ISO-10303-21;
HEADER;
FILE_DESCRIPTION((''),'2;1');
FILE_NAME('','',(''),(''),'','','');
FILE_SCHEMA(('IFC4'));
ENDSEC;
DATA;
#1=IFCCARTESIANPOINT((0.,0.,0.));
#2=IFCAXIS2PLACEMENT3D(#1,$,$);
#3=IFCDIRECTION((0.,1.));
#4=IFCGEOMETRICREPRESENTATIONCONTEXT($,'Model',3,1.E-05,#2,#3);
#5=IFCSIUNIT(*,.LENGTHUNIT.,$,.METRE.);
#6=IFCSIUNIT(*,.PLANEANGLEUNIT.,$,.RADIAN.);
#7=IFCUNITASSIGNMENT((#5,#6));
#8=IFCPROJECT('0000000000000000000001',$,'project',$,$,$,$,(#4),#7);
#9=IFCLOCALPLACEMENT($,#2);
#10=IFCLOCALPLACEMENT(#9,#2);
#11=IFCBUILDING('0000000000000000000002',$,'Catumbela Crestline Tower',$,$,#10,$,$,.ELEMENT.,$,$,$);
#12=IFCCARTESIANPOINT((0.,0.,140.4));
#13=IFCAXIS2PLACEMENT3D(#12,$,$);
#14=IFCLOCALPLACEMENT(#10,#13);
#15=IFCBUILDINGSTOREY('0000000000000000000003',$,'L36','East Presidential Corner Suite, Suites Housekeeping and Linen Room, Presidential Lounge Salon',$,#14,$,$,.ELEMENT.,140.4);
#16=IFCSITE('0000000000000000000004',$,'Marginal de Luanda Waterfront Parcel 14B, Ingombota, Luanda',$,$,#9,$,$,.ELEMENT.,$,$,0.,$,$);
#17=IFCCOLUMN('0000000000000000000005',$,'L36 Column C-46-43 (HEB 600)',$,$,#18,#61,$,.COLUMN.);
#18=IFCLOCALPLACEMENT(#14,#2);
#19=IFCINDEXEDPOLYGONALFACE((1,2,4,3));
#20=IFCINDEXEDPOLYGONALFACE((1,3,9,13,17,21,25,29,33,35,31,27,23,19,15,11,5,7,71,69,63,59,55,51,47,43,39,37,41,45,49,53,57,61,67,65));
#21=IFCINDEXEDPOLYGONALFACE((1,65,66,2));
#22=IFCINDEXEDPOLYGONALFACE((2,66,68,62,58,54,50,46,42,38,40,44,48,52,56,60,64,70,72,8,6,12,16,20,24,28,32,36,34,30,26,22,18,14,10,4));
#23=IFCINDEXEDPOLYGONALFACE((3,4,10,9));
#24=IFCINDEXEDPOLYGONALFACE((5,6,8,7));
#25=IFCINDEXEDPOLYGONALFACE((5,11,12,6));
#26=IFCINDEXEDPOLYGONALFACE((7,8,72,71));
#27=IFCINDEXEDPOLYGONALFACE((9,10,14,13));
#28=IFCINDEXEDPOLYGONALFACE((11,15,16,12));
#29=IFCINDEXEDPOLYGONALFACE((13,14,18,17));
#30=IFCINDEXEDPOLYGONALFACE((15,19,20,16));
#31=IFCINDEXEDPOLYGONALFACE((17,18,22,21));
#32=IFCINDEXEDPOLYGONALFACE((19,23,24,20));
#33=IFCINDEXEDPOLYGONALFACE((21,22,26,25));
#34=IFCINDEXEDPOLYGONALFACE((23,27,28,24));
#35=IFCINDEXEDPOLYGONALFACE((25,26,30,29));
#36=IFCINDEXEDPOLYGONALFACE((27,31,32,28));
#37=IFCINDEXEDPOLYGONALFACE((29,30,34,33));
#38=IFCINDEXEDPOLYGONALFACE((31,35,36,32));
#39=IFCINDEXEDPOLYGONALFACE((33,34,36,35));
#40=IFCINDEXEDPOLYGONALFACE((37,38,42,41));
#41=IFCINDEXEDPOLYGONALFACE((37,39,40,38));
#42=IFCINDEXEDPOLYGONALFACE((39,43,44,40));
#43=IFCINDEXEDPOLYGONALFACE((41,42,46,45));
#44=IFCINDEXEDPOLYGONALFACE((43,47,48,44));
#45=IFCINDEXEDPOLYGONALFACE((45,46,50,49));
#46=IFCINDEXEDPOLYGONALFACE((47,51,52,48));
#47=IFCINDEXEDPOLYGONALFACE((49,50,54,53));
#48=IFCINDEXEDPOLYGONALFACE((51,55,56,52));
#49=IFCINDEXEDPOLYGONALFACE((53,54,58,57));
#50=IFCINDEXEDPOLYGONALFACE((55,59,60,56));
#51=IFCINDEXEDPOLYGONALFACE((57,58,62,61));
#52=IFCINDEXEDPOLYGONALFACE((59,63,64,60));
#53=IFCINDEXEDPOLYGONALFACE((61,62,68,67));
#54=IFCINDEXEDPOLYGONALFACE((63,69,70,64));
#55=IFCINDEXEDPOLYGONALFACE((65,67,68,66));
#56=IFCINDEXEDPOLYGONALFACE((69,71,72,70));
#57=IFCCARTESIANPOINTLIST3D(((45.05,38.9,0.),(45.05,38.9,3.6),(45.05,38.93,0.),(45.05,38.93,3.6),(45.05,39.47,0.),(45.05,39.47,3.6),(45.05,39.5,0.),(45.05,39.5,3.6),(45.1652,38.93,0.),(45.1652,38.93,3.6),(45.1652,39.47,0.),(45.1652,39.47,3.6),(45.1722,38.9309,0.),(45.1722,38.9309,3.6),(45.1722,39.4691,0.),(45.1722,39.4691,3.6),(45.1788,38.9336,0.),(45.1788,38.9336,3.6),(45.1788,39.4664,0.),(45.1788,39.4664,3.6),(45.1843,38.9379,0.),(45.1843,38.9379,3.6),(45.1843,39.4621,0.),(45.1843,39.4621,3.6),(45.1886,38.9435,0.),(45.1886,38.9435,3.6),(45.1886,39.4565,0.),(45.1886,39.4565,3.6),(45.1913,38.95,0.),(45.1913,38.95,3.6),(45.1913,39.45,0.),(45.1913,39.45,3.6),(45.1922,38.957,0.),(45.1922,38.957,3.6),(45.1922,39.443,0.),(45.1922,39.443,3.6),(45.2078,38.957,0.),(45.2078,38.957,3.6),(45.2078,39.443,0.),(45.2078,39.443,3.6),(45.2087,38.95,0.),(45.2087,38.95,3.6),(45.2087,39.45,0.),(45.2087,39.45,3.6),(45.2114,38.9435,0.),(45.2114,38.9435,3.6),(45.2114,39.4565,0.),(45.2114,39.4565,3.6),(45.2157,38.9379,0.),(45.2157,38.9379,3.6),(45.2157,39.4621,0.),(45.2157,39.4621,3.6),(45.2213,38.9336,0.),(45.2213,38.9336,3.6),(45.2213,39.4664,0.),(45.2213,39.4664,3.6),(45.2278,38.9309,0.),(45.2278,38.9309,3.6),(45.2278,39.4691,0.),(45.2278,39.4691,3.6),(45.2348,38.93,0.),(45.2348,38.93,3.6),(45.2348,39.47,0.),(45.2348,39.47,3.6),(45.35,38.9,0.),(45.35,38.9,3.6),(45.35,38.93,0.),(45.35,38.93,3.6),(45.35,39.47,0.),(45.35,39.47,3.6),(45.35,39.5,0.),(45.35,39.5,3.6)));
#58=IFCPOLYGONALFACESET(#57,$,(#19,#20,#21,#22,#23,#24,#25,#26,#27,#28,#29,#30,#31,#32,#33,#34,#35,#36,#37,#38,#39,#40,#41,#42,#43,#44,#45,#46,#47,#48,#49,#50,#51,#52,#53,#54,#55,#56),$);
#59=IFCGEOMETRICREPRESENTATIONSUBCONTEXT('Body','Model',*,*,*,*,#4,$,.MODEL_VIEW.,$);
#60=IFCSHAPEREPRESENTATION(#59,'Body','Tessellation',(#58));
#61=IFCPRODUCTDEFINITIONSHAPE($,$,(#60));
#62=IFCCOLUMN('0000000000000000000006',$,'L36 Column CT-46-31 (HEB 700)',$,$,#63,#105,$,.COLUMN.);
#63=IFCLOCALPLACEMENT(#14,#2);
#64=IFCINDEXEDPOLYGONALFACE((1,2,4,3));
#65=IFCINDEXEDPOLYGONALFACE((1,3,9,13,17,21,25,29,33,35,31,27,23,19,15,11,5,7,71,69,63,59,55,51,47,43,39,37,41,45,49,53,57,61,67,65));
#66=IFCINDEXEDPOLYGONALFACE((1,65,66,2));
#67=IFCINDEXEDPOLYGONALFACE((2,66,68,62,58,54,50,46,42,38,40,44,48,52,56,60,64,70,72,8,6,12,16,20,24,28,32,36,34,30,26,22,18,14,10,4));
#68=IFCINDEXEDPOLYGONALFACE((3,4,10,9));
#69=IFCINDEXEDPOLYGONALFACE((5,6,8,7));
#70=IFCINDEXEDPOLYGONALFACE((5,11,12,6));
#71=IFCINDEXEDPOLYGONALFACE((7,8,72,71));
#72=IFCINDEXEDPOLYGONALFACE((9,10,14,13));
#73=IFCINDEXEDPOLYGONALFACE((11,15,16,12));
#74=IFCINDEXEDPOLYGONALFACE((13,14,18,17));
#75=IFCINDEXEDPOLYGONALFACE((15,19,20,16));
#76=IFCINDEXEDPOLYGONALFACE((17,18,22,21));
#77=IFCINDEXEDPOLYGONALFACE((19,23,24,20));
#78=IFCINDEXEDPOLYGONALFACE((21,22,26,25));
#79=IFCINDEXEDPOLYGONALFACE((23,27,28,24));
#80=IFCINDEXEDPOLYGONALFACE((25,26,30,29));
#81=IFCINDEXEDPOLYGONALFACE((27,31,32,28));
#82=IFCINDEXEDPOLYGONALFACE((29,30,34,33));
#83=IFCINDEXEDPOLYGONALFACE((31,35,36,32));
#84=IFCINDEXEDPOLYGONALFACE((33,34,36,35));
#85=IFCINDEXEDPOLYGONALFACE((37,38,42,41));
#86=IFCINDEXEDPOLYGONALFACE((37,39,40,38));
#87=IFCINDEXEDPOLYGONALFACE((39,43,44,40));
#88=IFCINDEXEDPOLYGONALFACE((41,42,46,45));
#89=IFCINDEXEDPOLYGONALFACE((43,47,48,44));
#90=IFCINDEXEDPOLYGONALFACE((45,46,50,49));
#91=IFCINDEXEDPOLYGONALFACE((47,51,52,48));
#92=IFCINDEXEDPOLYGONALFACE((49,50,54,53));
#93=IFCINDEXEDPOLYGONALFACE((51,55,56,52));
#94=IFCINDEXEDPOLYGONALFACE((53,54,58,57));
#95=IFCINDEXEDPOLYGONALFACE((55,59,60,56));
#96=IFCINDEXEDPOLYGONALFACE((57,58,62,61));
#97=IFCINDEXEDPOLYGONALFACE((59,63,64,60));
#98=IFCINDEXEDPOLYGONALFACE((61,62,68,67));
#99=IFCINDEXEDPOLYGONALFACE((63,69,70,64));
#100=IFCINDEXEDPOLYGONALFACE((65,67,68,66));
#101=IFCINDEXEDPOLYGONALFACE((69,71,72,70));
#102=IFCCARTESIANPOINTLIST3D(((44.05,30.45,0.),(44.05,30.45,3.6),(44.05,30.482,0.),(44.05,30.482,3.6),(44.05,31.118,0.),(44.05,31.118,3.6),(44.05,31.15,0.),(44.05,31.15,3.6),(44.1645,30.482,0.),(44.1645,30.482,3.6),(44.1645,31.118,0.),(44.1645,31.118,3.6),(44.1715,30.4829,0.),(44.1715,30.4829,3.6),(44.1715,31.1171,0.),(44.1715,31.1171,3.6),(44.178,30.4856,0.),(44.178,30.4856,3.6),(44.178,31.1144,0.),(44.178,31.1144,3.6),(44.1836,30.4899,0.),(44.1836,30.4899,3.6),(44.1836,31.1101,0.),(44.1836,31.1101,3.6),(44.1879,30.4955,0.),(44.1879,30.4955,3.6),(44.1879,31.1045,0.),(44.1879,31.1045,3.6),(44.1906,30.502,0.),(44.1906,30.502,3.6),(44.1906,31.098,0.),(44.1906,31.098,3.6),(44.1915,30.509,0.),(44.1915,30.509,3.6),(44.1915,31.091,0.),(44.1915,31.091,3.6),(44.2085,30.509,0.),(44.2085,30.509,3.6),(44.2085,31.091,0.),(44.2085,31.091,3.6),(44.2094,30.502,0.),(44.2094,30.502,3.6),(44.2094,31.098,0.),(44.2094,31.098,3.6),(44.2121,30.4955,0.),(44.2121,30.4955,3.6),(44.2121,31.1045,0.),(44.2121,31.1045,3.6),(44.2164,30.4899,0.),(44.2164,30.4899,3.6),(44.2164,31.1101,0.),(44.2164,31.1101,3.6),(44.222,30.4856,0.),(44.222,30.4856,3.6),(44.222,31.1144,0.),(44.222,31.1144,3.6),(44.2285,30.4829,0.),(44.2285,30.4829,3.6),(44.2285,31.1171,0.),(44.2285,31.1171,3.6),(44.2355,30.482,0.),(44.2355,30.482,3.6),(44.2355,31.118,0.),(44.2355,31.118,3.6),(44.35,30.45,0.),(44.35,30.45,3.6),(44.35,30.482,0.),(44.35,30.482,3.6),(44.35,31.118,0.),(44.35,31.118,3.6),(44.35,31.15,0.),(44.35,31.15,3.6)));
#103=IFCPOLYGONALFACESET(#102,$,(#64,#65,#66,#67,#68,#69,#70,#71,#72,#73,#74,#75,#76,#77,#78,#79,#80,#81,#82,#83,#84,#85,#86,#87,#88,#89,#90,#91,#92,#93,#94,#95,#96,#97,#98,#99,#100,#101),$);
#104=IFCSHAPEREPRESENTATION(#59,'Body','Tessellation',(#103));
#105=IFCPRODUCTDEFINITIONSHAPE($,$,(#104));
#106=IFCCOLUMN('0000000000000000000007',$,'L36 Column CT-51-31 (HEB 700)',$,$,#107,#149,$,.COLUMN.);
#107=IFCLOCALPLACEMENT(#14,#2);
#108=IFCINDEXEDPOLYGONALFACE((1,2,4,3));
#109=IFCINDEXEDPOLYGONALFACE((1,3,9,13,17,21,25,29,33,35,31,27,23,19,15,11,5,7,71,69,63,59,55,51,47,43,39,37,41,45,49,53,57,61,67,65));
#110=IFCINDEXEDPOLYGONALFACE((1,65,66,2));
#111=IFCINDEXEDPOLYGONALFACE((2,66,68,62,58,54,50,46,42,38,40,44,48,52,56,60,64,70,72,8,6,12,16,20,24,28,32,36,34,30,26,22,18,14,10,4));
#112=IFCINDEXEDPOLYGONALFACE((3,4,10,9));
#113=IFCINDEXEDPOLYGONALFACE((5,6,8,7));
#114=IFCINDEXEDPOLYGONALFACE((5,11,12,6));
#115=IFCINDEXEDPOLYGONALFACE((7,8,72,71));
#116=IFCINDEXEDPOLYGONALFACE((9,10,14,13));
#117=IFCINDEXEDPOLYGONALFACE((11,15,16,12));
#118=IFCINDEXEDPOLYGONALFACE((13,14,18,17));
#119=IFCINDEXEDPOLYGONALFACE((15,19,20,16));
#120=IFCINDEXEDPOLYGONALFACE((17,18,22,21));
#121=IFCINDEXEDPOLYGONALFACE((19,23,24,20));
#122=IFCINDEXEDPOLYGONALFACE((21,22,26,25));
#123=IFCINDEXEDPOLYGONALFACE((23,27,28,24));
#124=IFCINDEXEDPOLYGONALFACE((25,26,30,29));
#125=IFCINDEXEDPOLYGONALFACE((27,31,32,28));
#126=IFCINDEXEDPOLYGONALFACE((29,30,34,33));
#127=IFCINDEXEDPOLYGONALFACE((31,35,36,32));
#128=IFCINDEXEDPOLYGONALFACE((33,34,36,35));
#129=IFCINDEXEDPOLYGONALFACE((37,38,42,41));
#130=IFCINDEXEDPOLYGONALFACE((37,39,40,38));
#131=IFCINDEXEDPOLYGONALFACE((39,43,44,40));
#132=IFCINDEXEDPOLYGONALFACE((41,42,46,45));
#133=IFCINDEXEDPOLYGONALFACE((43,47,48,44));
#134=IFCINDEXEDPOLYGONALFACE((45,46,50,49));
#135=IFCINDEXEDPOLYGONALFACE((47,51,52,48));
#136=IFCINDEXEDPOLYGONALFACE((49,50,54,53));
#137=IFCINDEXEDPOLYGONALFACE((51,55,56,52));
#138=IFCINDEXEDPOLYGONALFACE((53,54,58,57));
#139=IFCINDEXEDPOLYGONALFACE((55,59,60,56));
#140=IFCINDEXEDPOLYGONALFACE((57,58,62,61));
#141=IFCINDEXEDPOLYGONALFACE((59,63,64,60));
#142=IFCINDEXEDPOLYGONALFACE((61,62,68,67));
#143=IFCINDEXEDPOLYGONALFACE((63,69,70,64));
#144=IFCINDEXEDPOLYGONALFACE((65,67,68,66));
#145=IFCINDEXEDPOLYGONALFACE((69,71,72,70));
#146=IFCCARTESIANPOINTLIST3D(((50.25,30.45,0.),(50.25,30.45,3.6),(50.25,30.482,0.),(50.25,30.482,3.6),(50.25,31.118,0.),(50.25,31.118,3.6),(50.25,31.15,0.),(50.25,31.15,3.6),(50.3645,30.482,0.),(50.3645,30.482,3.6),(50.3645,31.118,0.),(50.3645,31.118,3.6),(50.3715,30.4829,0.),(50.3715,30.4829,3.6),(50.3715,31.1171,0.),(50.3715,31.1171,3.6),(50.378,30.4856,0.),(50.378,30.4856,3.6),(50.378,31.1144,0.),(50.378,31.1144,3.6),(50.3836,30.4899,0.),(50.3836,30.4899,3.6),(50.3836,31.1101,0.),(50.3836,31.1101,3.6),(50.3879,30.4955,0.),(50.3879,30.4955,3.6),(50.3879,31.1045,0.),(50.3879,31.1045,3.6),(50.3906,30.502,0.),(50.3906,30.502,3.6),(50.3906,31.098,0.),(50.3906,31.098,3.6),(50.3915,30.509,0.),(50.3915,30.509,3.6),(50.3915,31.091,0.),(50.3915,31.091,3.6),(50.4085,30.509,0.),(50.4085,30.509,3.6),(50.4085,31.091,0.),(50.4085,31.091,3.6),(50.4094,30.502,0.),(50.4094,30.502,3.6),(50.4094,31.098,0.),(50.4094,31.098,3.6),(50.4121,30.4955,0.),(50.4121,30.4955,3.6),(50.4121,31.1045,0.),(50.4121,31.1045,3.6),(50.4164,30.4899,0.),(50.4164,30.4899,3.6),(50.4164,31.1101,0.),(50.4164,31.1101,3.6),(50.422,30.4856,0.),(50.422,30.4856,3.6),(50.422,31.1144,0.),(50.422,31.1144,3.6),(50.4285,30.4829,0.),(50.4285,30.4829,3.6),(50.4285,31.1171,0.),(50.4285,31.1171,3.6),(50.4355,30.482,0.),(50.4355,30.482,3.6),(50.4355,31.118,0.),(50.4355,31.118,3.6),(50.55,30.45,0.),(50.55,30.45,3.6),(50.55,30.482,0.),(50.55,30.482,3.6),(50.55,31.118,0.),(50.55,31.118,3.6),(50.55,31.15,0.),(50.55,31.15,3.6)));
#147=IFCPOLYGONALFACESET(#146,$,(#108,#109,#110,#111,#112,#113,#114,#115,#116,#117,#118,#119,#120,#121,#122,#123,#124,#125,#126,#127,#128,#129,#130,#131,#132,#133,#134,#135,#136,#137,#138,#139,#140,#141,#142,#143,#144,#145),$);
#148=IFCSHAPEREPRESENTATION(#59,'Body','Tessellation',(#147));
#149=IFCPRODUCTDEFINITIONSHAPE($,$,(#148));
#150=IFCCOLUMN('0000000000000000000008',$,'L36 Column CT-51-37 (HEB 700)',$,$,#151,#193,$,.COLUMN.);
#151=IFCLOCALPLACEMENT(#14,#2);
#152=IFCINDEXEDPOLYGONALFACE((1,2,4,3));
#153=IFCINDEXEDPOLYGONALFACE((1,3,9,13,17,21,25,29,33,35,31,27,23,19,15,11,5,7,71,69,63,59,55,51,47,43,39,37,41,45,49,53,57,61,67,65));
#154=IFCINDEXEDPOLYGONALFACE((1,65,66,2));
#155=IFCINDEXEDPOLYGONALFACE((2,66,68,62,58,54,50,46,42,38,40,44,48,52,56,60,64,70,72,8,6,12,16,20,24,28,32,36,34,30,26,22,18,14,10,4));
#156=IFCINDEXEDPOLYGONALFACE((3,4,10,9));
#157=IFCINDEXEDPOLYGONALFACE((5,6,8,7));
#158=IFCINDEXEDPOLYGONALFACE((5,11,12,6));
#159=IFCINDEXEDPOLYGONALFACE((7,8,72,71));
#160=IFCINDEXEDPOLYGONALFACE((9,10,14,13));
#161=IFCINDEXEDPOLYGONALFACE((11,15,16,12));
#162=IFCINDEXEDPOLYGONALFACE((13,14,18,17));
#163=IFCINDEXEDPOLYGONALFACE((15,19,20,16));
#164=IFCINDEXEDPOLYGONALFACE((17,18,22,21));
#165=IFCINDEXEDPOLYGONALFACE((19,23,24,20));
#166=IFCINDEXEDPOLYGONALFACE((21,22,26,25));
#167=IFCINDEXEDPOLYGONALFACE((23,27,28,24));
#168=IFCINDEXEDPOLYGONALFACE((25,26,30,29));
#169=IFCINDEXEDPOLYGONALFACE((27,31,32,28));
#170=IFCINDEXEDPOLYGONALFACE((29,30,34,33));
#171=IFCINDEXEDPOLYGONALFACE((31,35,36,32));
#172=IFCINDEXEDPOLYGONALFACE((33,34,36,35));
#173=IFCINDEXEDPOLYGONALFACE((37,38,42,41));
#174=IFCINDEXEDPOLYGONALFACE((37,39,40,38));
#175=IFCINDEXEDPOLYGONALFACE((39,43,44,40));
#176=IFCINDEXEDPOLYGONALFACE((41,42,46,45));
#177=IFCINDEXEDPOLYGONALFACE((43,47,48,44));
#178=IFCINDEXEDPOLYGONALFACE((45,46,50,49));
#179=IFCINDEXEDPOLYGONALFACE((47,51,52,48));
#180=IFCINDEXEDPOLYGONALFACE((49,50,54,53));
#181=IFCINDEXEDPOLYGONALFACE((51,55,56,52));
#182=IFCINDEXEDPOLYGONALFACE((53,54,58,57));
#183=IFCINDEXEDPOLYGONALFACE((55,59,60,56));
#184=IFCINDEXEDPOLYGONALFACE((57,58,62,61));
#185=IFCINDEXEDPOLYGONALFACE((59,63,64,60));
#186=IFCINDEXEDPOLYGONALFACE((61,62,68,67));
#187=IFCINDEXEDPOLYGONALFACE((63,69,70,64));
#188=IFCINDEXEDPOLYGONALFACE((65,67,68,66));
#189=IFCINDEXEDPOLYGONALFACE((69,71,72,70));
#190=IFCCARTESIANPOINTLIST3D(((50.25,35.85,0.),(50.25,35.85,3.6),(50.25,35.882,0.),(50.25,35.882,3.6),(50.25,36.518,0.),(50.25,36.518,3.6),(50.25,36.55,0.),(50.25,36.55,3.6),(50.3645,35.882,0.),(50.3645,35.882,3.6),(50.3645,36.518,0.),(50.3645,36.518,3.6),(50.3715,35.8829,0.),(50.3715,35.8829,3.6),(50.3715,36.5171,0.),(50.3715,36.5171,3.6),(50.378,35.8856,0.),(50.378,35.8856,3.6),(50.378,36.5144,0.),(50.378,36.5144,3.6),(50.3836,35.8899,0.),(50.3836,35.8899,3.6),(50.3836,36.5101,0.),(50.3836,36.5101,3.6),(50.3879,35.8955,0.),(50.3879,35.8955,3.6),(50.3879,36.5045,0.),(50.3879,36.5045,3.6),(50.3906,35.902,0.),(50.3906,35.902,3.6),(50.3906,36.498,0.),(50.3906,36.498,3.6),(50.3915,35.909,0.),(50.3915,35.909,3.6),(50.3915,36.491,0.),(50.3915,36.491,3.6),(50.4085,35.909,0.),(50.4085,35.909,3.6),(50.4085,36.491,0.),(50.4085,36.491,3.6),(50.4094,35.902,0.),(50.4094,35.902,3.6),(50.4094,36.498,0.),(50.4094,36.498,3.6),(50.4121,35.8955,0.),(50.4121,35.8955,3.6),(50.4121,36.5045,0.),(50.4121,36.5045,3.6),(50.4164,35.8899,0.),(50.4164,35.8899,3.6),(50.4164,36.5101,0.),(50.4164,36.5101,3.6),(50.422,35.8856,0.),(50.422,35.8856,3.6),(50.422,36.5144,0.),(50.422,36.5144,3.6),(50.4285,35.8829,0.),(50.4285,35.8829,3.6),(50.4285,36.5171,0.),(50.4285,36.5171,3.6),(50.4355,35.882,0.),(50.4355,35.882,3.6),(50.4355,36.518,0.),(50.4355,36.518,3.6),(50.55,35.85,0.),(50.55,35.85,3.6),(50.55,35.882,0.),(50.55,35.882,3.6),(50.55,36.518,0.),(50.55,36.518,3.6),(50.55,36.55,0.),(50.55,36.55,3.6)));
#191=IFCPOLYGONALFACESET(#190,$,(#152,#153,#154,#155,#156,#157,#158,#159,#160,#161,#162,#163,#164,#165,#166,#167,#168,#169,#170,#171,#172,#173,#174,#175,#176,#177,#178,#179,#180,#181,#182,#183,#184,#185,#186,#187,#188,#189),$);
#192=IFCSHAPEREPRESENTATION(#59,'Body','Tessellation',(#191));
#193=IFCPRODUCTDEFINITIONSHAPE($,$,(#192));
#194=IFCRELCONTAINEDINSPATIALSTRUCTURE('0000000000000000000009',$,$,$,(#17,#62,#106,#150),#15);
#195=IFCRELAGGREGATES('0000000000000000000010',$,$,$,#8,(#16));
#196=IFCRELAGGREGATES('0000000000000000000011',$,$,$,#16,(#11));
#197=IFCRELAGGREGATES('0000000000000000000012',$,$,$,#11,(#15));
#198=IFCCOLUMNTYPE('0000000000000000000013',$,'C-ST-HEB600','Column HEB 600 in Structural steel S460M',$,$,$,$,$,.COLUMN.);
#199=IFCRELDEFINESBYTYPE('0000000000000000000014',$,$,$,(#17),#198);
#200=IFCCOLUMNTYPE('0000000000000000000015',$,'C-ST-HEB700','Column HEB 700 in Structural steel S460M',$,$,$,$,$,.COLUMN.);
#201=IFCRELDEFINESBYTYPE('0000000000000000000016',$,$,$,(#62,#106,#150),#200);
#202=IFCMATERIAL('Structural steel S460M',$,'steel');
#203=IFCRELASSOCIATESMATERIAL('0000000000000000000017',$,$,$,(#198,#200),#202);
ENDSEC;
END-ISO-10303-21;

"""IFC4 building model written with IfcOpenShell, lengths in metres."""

from ifc_helpers import new_model, si_unit, direction, frame, origin, origin_2d, place, context, subcontext, project, spatial, i_section, extrude, material, material_profile, profile_set, type_object, element, save


model = new_model("IFC4")

# Units and contexts
model_context = context("Model", 3, precision=1e-05, world=origin(), true_north=direction((0.0, 1.0)))
body_context = subcontext(model_context, "Body", "Model", "MODEL_VIEW")
ifc_project = project(units=[si_unit("LENGTHUNIT", "METRE"), si_unit("PLANEANGLEUNIT", "RADIAN")], contexts=[model_context])

# Site, building, storey
site_placement = place(None, origin())
site = spatial("IfcSite", under=ifc_project, at=site_placement, Name="Marginal de Luanda Waterfront Parcel 14B, Ingombota, Luanda", CompositionType="ELEMENT", RefElevation=0.0)
building_placement = place(site_placement, origin())
building = spatial("IfcBuilding", under=site, at=building_placement, Name="Catumbela Crestline Tower", CompositionType="ELEMENT")
storey_placement = place(building_placement, frame((0.0, 0.0, 140.4)))
storey = spatial("IfcBuildingStorey", under=building, at=storey_placement, Name="L36", Description="East Presidential Corner Suite, Suites Housekeeping and Linen Room, Presidential Lounge Salon", CompositionType="ELEMENT", Elevation=140.4)

# Columns
ifc_material_1 = material(Name="Structural steel S460M", Category="steel")
ifc_material_profile_1 = material_profile(ifc_material_1, i_section(OverallWidth=0.3, OverallDepth=0.6, WebThickness=0.0155, FlangeThickness=0.03, FilletRadius=0.027, at=origin_2d()), Name="HEB 600")
ifc_profile_set_1 = profile_set([ifc_material_profile_1], Name="Structural steel S460M")
column_type_1 = type_object("IfcColumnType", Name="C-ST-HEB600", Description="Column HEB 600 in Structural steel S460M", PredefinedType="COLUMN", material=ifc_profile_set_1)
column_placement = place(storey_placement, frame((45.2, 39.2, 0.0), z_axis=(0.0, 0.0, 1.0), x_axis=(1.0, 0.0, 0.0)))
element("IfcColumn", 1, at=column_placement, inside=storey, type_object=column_type_1, Name="L36 Column C-46-43 (HEB 600)", PredefinedType="COLUMN", context=body_context, shape_type="SweptSolid", body=[
    extrude(i_section(OverallWidth=0.3, OverallDepth=0.6, WebThickness=0.0155, FlangeThickness=0.03, FilletRadius=0.027, at=origin_2d()), origin(), (0.0, 0.0, 1.0), 3.6),
])
ifc_material_profile_2 = material_profile(ifc_material_1, i_section(OverallWidth=0.3, OverallDepth=0.7, WebThickness=0.017, FlangeThickness=0.032, FilletRadius=0.027, at=origin_2d()), Name="HEB 700")
ifc_profile_set_2 = profile_set([ifc_material_profile_2], Name="Structural steel S460M")
column_type_2 = type_object("IfcColumnType", Name="C-ST-HEB700", Description="Column HEB 700 in Structural steel S460M", PredefinedType="COLUMN", material=ifc_profile_set_2)
for number, where, z_axis, x_axis, name in (
    (2, (44.2, 30.8, 0.0), (0.0, 0.0, 1.0), (1.0, 0.0, 0.0), "L36 Column CT-46-31 (HEB 700)"),
    (3, (50.4, 30.8, 0.0), (0.0, 0.0, 1.0), (1.0, 0.0, 0.0), "L36 Column CT-51-31 (HEB 700)"),
    (4, (50.4, 36.2, 0.0), (0.0, 0.0, 1.0), (1.0, 0.0, 0.0), "L36 Column CT-51-37 (HEB 700)"),
):
    element("IfcColumn", number, at=place(storey_placement, frame(where, z_axis=z_axis, x_axis=x_axis)), inside=storey, type_object=column_type_2, Name=name, PredefinedType="COLUMN", context=body_context, shape_type="SweptSolid", body=[
        extrude(i_section(OverallWidth=0.3, OverallDepth=0.7, WebThickness=0.017, FlangeThickness=0.032, FilletRadius=0.027, at=origin_2d()), origin(), (0.0, 0.0, 1.0), 3.6),
    ])

save(model, "model.ifc")
